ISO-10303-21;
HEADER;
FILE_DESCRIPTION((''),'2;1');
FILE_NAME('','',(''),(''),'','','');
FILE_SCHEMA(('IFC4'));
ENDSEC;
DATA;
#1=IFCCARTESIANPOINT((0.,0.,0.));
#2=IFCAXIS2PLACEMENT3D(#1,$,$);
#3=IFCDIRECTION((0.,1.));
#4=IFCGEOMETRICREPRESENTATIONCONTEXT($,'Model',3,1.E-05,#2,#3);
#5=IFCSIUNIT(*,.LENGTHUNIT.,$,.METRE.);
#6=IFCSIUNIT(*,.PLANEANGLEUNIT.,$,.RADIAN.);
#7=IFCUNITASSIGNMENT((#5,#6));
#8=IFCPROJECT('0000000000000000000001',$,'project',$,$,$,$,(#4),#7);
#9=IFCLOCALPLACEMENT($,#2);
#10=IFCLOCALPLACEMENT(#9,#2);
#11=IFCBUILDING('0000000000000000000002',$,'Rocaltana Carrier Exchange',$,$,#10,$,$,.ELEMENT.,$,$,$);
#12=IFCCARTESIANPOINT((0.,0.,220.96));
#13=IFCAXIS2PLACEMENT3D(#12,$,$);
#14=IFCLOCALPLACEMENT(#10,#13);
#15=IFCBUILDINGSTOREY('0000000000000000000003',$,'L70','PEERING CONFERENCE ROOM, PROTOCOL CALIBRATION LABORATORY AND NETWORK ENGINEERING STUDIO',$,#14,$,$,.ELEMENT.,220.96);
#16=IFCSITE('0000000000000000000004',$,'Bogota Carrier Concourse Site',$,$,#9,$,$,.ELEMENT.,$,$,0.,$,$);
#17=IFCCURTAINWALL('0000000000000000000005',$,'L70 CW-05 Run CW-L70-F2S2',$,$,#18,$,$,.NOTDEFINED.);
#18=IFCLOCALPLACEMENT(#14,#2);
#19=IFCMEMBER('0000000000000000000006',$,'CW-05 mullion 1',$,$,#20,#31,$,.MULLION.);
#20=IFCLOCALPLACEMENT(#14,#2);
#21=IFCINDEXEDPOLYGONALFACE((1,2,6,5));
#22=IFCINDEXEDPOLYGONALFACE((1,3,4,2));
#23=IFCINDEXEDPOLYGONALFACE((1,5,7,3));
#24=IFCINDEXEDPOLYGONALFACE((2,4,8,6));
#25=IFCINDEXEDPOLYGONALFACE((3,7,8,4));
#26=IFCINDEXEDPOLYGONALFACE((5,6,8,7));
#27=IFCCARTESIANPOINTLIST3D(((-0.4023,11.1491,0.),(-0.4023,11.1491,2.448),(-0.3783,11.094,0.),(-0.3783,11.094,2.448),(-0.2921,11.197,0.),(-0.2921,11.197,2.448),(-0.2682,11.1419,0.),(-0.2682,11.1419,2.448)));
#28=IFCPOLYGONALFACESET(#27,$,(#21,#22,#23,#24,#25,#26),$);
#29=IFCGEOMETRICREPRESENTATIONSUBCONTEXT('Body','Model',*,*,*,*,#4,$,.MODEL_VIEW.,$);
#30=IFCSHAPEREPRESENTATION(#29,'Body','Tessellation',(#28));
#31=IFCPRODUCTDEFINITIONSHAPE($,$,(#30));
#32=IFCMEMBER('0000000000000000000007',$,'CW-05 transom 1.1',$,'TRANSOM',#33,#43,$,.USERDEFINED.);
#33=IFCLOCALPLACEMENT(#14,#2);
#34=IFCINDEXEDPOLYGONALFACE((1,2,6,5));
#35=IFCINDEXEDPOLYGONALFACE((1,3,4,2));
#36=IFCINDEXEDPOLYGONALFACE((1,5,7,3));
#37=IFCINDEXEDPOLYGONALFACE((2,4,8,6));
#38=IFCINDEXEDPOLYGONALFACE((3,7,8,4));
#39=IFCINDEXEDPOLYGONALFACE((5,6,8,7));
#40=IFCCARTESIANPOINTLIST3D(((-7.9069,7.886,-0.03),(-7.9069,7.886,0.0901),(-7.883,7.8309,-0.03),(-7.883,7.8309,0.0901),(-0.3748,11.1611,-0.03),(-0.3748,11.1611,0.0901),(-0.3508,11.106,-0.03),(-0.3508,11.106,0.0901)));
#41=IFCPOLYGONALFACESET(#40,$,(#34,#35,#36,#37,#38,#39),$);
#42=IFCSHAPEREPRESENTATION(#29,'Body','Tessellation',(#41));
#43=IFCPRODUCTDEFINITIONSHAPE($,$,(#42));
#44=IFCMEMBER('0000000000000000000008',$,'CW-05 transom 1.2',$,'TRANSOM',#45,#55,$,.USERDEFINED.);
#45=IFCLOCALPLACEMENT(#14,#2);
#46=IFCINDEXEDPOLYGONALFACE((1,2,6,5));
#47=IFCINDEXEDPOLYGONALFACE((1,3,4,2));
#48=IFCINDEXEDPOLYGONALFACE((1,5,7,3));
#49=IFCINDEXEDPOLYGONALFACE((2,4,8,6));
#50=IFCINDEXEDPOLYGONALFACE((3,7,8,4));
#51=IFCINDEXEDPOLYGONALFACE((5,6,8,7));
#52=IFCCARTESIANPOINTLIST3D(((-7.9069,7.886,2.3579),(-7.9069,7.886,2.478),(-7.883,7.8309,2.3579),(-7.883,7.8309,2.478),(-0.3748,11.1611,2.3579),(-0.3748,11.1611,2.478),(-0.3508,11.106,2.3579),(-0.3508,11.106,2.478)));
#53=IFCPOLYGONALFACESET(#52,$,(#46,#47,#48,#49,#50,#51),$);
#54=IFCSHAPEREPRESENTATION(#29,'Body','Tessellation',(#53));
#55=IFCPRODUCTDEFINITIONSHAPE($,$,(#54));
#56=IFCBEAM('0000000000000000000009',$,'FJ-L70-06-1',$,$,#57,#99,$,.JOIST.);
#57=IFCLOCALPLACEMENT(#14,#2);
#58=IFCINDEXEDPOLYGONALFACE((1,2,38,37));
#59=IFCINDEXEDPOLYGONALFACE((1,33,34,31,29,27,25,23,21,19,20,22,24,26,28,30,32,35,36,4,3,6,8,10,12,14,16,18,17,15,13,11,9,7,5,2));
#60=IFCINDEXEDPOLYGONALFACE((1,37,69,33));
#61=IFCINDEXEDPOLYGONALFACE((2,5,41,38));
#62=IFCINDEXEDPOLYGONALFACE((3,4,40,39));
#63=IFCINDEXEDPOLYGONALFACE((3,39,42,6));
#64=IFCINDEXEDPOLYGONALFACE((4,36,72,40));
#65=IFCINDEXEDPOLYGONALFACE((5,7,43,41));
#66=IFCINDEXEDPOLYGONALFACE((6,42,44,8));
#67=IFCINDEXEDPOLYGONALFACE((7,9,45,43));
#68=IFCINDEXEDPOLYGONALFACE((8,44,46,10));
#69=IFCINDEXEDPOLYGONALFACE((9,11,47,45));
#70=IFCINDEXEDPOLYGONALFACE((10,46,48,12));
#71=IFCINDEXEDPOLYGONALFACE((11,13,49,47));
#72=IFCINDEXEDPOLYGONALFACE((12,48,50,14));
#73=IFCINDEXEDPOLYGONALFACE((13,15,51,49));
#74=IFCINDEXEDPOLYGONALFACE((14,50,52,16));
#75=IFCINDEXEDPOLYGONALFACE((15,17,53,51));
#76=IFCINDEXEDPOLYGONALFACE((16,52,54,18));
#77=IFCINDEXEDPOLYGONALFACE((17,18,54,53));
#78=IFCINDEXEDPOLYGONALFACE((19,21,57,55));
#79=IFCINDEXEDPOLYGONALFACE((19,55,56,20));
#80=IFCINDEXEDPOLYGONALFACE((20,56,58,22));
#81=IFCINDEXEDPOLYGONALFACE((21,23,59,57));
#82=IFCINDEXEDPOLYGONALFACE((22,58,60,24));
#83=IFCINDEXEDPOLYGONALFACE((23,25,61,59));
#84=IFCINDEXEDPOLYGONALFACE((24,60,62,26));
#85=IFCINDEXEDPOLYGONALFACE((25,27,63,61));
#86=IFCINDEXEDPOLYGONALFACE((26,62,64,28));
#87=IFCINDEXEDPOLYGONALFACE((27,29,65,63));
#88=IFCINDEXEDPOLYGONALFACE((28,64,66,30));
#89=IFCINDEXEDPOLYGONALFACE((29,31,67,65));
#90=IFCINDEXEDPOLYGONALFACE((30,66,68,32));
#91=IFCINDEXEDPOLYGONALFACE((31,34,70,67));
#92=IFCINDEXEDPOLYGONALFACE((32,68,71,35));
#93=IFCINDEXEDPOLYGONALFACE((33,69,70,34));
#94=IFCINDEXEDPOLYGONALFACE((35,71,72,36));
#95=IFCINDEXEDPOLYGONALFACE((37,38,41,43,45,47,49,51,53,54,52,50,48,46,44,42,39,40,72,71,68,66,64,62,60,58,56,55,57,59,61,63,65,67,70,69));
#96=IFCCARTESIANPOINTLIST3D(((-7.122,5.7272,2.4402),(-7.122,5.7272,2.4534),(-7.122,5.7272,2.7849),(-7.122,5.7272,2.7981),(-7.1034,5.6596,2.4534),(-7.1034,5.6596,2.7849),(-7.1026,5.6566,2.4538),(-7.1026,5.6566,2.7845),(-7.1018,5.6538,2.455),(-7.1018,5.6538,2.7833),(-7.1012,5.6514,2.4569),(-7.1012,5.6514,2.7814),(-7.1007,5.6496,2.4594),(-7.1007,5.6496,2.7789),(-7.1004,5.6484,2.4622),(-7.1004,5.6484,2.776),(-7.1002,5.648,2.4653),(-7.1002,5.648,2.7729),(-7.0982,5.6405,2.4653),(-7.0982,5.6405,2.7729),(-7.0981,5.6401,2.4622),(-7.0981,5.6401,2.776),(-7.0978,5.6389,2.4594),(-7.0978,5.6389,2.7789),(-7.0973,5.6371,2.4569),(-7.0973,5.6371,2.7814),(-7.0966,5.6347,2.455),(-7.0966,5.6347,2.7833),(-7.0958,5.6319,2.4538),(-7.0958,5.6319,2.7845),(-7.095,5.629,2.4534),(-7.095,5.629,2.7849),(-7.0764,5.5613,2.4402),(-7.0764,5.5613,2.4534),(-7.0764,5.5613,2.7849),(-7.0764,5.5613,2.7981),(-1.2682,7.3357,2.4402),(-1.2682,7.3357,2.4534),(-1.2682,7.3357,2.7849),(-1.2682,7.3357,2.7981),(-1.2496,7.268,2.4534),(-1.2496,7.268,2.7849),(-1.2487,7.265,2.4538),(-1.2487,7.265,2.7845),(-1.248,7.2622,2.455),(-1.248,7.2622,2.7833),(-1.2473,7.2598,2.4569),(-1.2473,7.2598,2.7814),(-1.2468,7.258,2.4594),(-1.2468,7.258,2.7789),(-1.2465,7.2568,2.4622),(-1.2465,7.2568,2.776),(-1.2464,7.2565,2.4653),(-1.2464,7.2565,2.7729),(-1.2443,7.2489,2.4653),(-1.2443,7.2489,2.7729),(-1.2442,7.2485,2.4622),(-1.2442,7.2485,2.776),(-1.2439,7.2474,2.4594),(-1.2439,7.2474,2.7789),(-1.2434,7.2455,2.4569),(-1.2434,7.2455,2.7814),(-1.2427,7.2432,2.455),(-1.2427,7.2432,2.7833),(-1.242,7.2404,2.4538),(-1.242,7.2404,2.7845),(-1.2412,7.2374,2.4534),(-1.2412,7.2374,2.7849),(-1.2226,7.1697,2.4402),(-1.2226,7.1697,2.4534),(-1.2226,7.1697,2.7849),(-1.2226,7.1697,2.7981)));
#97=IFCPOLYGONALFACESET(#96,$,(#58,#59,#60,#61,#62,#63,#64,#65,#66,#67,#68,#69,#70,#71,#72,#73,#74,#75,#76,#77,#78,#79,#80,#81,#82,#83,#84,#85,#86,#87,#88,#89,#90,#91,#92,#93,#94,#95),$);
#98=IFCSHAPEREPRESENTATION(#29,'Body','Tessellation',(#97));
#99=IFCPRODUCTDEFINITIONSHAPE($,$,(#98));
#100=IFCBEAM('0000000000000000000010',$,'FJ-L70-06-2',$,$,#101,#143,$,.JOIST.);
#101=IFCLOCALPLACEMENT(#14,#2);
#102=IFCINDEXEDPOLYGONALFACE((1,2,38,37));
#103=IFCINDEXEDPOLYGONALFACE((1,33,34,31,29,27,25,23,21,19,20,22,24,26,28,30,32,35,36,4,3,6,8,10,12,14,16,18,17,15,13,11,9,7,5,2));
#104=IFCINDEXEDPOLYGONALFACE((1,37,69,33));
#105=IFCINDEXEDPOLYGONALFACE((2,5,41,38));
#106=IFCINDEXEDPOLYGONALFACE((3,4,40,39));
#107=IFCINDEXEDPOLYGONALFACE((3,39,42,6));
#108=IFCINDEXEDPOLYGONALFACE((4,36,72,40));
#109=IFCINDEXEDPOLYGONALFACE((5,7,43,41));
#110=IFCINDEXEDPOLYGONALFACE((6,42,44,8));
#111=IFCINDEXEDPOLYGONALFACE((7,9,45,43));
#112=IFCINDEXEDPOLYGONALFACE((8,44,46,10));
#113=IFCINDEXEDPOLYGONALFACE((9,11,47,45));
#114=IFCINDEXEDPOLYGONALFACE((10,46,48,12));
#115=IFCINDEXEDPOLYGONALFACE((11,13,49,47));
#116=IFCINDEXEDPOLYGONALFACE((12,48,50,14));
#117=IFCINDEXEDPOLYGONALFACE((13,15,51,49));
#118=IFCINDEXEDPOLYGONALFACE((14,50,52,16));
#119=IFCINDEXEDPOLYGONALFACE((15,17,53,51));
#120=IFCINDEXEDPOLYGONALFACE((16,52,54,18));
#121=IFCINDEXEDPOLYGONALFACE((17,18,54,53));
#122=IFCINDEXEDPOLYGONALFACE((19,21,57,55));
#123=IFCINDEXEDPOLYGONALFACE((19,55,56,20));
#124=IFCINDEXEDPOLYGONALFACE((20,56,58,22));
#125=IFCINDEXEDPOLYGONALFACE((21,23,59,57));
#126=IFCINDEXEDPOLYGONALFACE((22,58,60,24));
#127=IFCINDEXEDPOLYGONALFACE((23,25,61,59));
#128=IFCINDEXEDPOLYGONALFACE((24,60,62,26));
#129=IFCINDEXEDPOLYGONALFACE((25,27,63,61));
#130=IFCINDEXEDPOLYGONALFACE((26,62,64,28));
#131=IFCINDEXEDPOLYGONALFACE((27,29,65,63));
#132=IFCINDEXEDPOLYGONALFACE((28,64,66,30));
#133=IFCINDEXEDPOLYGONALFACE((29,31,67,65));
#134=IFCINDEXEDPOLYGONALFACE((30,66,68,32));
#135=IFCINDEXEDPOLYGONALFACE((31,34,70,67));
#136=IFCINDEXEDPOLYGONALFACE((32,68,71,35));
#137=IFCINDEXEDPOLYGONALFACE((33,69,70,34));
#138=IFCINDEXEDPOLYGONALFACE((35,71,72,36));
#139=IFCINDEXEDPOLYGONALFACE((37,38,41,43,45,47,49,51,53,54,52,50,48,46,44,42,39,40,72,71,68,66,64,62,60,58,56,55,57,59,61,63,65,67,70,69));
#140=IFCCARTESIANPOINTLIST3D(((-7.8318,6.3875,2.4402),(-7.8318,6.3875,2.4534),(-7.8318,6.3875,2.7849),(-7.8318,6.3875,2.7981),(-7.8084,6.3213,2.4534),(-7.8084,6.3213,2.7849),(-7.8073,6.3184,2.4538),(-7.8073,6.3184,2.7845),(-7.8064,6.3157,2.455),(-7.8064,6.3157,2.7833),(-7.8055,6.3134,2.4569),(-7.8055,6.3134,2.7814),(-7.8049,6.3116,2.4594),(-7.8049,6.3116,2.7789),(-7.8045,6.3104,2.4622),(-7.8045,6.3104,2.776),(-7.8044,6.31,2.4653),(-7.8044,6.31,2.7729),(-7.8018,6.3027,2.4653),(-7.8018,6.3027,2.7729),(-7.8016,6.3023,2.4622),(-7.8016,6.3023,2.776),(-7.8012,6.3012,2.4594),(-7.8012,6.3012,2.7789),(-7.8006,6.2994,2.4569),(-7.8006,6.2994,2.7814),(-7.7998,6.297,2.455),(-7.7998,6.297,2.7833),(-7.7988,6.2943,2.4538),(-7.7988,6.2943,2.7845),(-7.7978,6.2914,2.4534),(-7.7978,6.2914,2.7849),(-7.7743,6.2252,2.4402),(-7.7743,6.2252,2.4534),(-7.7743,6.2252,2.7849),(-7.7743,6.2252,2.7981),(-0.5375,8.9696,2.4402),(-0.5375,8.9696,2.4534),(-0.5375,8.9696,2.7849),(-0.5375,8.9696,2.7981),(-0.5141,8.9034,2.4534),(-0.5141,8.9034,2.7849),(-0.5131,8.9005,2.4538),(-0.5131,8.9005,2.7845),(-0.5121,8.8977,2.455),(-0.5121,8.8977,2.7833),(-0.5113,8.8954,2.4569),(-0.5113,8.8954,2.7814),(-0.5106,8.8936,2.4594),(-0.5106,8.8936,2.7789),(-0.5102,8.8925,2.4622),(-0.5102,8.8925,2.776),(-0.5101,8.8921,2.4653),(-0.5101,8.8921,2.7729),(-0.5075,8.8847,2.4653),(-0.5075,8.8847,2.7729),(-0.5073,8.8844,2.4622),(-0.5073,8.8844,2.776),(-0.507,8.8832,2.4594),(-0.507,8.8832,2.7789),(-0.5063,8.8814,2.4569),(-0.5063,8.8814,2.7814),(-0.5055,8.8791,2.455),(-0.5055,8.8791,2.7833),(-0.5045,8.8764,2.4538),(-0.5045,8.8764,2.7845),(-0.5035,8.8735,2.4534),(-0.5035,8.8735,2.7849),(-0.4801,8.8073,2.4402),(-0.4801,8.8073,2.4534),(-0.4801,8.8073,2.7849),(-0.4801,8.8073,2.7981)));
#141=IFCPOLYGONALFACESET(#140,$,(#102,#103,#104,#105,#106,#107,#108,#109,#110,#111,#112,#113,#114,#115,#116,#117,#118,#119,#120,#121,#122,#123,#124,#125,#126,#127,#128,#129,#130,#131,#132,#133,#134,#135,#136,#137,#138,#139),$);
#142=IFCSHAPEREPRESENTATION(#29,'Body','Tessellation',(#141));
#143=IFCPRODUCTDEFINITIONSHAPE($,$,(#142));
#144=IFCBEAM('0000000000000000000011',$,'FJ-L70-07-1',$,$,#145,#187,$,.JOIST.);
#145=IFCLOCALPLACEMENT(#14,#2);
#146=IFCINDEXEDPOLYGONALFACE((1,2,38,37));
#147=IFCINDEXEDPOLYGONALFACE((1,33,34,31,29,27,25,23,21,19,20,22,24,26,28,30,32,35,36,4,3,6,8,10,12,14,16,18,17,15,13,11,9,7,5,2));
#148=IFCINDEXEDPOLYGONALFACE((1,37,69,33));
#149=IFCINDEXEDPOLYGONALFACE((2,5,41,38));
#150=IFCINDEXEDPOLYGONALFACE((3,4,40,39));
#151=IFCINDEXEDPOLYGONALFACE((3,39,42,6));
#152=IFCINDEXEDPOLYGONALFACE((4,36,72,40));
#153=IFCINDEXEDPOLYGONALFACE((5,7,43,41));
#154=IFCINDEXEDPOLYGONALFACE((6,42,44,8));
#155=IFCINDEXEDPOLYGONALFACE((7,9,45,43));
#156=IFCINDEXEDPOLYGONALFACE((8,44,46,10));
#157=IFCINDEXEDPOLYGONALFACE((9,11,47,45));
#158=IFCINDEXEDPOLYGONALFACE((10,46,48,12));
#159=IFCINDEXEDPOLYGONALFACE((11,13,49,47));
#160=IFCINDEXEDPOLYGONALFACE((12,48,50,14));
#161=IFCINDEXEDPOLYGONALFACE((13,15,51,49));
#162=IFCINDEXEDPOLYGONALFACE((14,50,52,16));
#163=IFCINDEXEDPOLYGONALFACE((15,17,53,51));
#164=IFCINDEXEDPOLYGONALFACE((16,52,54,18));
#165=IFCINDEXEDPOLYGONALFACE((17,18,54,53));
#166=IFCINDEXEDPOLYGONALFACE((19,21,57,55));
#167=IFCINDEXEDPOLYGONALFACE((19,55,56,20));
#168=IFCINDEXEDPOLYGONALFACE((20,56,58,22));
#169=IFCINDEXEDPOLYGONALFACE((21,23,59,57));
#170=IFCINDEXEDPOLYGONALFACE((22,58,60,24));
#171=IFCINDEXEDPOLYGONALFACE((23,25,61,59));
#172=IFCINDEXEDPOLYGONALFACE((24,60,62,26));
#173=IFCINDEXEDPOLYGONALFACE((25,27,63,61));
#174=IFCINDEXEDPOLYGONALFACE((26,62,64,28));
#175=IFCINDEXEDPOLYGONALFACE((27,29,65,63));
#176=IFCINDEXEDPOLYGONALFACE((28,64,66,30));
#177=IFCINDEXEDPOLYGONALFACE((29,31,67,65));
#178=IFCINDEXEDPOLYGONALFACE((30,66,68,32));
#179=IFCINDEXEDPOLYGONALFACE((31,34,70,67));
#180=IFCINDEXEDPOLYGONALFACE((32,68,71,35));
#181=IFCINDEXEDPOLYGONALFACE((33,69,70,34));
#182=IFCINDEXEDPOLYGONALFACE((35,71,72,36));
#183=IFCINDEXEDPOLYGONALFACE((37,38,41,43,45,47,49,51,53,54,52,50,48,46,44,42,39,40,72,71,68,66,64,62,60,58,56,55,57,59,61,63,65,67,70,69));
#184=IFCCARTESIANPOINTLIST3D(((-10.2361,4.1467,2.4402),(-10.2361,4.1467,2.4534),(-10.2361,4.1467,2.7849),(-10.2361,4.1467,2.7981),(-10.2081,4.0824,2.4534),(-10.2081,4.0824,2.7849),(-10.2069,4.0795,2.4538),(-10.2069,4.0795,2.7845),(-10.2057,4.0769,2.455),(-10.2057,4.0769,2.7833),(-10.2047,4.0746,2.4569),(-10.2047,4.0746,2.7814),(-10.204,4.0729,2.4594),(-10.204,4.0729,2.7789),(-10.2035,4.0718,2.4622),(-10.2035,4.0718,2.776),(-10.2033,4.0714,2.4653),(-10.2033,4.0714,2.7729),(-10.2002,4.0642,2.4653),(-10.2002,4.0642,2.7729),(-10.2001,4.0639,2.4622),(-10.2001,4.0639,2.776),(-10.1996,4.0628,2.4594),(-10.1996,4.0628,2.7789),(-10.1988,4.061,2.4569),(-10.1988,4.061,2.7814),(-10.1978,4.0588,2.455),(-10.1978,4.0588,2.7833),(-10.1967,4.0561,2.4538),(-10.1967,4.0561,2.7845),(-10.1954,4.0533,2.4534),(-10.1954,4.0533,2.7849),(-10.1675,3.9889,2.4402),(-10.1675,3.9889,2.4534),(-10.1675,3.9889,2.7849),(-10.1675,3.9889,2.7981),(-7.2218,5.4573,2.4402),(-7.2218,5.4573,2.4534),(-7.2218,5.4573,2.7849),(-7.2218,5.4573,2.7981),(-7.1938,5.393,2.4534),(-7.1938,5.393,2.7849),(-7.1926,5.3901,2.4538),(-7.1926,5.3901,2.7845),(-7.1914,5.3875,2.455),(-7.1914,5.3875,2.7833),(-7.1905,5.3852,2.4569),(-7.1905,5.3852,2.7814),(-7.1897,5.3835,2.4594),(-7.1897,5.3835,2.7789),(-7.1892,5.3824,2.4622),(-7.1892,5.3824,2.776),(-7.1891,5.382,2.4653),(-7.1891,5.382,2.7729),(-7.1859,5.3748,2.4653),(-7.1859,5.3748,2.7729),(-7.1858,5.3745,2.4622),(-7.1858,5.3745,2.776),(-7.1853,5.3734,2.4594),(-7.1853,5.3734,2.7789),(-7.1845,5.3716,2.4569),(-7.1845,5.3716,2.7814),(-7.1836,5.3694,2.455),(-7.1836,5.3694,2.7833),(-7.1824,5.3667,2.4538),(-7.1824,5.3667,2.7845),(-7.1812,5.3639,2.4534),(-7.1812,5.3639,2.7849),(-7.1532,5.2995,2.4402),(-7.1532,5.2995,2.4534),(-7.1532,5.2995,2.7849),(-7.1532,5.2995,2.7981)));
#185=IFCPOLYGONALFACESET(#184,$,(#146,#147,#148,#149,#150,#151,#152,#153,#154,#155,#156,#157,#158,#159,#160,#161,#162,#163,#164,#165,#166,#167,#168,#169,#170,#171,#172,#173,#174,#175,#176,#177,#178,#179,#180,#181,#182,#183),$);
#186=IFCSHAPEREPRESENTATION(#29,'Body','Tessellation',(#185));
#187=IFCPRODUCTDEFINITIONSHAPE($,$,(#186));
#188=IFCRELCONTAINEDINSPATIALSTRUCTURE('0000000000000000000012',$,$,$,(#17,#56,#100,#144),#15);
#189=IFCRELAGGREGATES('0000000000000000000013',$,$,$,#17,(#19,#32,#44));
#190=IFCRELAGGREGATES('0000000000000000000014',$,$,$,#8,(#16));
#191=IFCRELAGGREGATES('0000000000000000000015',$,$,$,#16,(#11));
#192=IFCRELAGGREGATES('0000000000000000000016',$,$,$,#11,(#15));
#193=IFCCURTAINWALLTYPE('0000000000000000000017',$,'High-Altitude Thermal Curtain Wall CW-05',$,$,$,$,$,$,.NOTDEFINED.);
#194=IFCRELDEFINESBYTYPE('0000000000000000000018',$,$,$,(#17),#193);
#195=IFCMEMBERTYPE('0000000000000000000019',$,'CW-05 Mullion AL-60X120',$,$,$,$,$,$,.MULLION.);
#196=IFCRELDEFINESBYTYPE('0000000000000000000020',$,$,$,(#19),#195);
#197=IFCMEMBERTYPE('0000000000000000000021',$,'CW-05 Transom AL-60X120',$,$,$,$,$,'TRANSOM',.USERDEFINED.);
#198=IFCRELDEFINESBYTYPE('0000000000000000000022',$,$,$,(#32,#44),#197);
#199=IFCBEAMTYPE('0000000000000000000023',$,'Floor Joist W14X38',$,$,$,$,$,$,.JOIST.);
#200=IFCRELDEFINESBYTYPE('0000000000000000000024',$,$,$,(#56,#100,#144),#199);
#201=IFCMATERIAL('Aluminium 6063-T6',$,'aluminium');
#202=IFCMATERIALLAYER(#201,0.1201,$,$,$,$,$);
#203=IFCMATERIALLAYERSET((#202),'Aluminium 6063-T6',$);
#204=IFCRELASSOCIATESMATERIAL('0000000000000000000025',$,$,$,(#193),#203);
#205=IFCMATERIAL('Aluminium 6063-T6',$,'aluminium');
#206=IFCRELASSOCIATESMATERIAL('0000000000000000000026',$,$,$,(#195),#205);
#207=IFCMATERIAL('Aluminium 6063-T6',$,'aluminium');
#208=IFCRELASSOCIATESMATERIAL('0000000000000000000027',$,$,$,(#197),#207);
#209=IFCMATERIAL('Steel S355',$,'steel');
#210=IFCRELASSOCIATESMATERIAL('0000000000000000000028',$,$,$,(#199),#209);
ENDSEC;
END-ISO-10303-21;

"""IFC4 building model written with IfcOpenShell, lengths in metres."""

from ifc_helpers import new_model, si_unit, direction, frame, origin, origin_2d, place, context, subcontext, project, spatial, rectangle, i_section, extrude, material, layer, layer_set, material_profile, profile_set, type_object, element, aggregate, save


model = new_model("IFC4")

# Units and contexts
model_context = context("Model", 3, precision=1e-05, world=origin(), true_north=direction((0.0, 1.0)))
body_context = subcontext(model_context, "Body", "Model", "MODEL_VIEW")
ifc_project = project(units=[si_unit("LENGTHUNIT", "METRE"), si_unit("PLANEANGLEUNIT", "RADIAN")], contexts=[model_context])

# Site, building, storey
site_placement = place(None, origin())
site = spatial("IfcSite", under=ifc_project, at=site_placement, Name="Bogota Carrier Concourse Site", CompositionType="ELEMENT", RefElevation=0.0)
building_placement = place(site_placement, origin())
building = spatial("IfcBuilding", under=site, at=building_placement, Name="Rocaltana Carrier Exchange", CompositionType="ELEMENT")
storey_placement = place(building_placement, frame((0.0, 0.0, 220.96)))
storey = spatial("IfcBuildingStorey", under=building, at=storey_placement, Name="L70", Description="PEERING CONFERENCE ROOM, PROTOCOL CALIBRATION LABORATORY AND NETWORK ENGINEERING STUDIO", CompositionType="ELEMENT", Elevation=220.96)

# Curtain wall, members
ifc_material_1 = material(Name="Aluminium 6063-T6", Category="aluminium")
ifc_layer_1 = layer(ifc_material_1, 0.1201)
ifc_layer_set_1 = layer_set([ifc_layer_1], Name="Aluminium 6063-T6")
curtain_wall_type = type_object("IfcCurtainWallType", Name="High-Altitude Thermal Curtain Wall CW-05", PredefinedType="NOTDEFINED", material=ifc_layer_set_1)
curtain_wall_placement = place(storey_placement, origin())
curtain_wall = element("IfcCurtainWall", 1, at=curtain_wall_placement, inside=storey, type_object=curtain_wall_type, Name="L70 CW-05 Run CW-L70-F2S2", PredefinedType="NOTDEFINED")
ifc_material_2 = material(Name="Aluminium 6063-T6", Category="aluminium")
ifc_material_profile_1 = material_profile(ifc_material_2, rectangle(XDim=0.0601, YDim=0.1201, at=origin_2d()), Name="AL-60X120")
ifc_profile_set_1 = profile_set([ifc_material_profile_1], Name="Aluminium 6063-T6")
member_type_1 = type_object("IfcMemberType", Name="CW-05 Mullion AL-60X120", PredefinedType="MULLION", material=ifc_profile_set_1)
member_1_placement = place(storey_placement, frame((-0.3352, 11.1455, 0.0), z_axis=(0.0, 0.0, 1.0), x_axis=(0.398752, -0.917059, 0.0)))
member_1 = element("IfcMember", 2, at=member_1_placement, type_object=member_type_1, Name="CW-05 mullion 1", PredefinedType="MULLION", context=body_context, shape_type="SweptSolid", body=[
    extrude(rectangle(XDim=0.0601, YDim=0.1201, at=origin_2d()), origin(), (0.0, 0.0, 1.0), 2.448),
])
ifc_material_3 = material(Name="Aluminium 6063-T6", Category="aluminium")
ifc_material_profile_2 = material_profile(ifc_material_3, rectangle(XDim=0.0601, YDim=0.1201, at=origin_2d()), Name="AL-60X120")
ifc_profile_set_2 = profile_set([ifc_material_profile_2], Name="Aluminium 6063-T6")
member_type_2 = type_object("IfcMemberType", Name="CW-05 Transom AL-60X120", ElementType="TRANSOM", PredefinedType="USERDEFINED", material=ifc_profile_set_2)
member_2_placement = place(storey_placement, frame((-0.3628, 11.1335, 0.03), z_axis=(-0.917058, -0.398753, 0.0), x_axis=(0.398753, -0.917058, 0.0)))
member_2 = element("IfcMember", 3, at=member_2_placement, type_object=member_type_2, Name="CW-05 transom 1.1", ObjectType="TRANSOM", PredefinedType="USERDEFINED", context=body_context, shape_type="SweptSolid", body=[
    extrude(rectangle(XDim=0.0601, YDim=0.1201, at=origin_2d()), origin(), (0.0, 0.0, 1.0), 8.2134),
])
member_3_placement = place(storey_placement, frame((-0.3628, 11.1335, 2.418), z_axis=(-0.917058, -0.398753, 0.0), x_axis=(0.398753, -0.917058, 0.0)))
member_3 = element("IfcMember", 4, at=member_3_placement, type_object=member_type_2, Name="CW-05 transom 1.2", ObjectType="TRANSOM", PredefinedType="USERDEFINED", context=body_context, shape_type="SweptSolid", body=[
    extrude(rectangle(XDim=0.0601, YDim=0.1201, at=origin_2d()), origin(), (0.0, 0.0, 1.0), 8.2134),
])

# Beams
ifc_material_4 = material(Name="Steel S355", Category="steel")
ifc_material_profile_3 = material_profile(ifc_material_4, i_section(OverallWidth=0.1721, OverallDepth=0.3579, WebThickness=0.0078, FlangeThickness=0.0132, FilletRadius=0.012, at=origin_2d()), Name="W14X38")
ifc_profile_set_3 = profile_set([ifc_material_profile_3], Name="Steel S355")
beam_type = type_object("IfcBeamType", Name="Floor Joist W14X38", PredefinedType="JOIST", material=ifc_profile_set_3)
beam_1_placement = place(storey_placement, frame((-1.2454, 7.2527, 2.6191), z_axis=(-0.964264, -0.264944, 0.0), x_axis=(0.264944, -0.964264, 0.0)))
element("IfcBeam", 5, at=beam_1_placement, inside=storey, type_object=beam_type, Name="FJ-L70-06-1", PredefinedType="JOIST", context=body_context, shape_type="SweptSolid", body=[
    extrude(i_section(OverallWidth=0.1721, OverallDepth=0.3579, WebThickness=0.0078, FlangeThickness=0.0132, FilletRadius=0.012, at=origin_2d()), origin(), (0.0, 0.0, 1.0), 6.0708),
])
beam_2_placement = place(storey_placement, frame((-0.5088, 8.8884, 2.6191), z_axis=(-0.942681, -0.333695, 0.0), x_axis=(0.333695, -0.942681, 0.0)))
element("IfcBeam", 6, at=beam_2_placement, inside=storey, type_object=beam_type, Name="FJ-L70-06-2", PredefinedType="JOIST", context=body_context, shape_type="SweptSolid", body=[
    extrude(i_section(OverallWidth=0.1721, OverallDepth=0.3579, WebThickness=0.0078, FlangeThickness=0.0132, FilletRadius=0.012, at=origin_2d()), origin(), (0.0, 0.0, 1.0), 7.7378),
])
beam_3_placement = place(storey_placement, frame((-7.1875, 5.3784, 2.6191), z_axis=(-0.917065, -0.398737, 0.0), x_axis=(0.398737, -0.917065, 0.0)))
element("IfcBeam", 7, at=beam_3_placement, inside=storey, type_object=beam_type, Name="FJ-L70-07-1", PredefinedType="JOIST", context=body_context, shape_type="SweptSolid", body=[
    extrude(i_section(OverallWidth=0.1721, OverallDepth=0.3579, WebThickness=0.0078, FlangeThickness=0.0132, FilletRadius=0.012, at=origin_2d()), origin(), (0.0, 0.0, 1.0), 3.2869),
])

aggregate(curtain_wall, [member_1, member_2, member_3])

save(model, "model.ifc")
